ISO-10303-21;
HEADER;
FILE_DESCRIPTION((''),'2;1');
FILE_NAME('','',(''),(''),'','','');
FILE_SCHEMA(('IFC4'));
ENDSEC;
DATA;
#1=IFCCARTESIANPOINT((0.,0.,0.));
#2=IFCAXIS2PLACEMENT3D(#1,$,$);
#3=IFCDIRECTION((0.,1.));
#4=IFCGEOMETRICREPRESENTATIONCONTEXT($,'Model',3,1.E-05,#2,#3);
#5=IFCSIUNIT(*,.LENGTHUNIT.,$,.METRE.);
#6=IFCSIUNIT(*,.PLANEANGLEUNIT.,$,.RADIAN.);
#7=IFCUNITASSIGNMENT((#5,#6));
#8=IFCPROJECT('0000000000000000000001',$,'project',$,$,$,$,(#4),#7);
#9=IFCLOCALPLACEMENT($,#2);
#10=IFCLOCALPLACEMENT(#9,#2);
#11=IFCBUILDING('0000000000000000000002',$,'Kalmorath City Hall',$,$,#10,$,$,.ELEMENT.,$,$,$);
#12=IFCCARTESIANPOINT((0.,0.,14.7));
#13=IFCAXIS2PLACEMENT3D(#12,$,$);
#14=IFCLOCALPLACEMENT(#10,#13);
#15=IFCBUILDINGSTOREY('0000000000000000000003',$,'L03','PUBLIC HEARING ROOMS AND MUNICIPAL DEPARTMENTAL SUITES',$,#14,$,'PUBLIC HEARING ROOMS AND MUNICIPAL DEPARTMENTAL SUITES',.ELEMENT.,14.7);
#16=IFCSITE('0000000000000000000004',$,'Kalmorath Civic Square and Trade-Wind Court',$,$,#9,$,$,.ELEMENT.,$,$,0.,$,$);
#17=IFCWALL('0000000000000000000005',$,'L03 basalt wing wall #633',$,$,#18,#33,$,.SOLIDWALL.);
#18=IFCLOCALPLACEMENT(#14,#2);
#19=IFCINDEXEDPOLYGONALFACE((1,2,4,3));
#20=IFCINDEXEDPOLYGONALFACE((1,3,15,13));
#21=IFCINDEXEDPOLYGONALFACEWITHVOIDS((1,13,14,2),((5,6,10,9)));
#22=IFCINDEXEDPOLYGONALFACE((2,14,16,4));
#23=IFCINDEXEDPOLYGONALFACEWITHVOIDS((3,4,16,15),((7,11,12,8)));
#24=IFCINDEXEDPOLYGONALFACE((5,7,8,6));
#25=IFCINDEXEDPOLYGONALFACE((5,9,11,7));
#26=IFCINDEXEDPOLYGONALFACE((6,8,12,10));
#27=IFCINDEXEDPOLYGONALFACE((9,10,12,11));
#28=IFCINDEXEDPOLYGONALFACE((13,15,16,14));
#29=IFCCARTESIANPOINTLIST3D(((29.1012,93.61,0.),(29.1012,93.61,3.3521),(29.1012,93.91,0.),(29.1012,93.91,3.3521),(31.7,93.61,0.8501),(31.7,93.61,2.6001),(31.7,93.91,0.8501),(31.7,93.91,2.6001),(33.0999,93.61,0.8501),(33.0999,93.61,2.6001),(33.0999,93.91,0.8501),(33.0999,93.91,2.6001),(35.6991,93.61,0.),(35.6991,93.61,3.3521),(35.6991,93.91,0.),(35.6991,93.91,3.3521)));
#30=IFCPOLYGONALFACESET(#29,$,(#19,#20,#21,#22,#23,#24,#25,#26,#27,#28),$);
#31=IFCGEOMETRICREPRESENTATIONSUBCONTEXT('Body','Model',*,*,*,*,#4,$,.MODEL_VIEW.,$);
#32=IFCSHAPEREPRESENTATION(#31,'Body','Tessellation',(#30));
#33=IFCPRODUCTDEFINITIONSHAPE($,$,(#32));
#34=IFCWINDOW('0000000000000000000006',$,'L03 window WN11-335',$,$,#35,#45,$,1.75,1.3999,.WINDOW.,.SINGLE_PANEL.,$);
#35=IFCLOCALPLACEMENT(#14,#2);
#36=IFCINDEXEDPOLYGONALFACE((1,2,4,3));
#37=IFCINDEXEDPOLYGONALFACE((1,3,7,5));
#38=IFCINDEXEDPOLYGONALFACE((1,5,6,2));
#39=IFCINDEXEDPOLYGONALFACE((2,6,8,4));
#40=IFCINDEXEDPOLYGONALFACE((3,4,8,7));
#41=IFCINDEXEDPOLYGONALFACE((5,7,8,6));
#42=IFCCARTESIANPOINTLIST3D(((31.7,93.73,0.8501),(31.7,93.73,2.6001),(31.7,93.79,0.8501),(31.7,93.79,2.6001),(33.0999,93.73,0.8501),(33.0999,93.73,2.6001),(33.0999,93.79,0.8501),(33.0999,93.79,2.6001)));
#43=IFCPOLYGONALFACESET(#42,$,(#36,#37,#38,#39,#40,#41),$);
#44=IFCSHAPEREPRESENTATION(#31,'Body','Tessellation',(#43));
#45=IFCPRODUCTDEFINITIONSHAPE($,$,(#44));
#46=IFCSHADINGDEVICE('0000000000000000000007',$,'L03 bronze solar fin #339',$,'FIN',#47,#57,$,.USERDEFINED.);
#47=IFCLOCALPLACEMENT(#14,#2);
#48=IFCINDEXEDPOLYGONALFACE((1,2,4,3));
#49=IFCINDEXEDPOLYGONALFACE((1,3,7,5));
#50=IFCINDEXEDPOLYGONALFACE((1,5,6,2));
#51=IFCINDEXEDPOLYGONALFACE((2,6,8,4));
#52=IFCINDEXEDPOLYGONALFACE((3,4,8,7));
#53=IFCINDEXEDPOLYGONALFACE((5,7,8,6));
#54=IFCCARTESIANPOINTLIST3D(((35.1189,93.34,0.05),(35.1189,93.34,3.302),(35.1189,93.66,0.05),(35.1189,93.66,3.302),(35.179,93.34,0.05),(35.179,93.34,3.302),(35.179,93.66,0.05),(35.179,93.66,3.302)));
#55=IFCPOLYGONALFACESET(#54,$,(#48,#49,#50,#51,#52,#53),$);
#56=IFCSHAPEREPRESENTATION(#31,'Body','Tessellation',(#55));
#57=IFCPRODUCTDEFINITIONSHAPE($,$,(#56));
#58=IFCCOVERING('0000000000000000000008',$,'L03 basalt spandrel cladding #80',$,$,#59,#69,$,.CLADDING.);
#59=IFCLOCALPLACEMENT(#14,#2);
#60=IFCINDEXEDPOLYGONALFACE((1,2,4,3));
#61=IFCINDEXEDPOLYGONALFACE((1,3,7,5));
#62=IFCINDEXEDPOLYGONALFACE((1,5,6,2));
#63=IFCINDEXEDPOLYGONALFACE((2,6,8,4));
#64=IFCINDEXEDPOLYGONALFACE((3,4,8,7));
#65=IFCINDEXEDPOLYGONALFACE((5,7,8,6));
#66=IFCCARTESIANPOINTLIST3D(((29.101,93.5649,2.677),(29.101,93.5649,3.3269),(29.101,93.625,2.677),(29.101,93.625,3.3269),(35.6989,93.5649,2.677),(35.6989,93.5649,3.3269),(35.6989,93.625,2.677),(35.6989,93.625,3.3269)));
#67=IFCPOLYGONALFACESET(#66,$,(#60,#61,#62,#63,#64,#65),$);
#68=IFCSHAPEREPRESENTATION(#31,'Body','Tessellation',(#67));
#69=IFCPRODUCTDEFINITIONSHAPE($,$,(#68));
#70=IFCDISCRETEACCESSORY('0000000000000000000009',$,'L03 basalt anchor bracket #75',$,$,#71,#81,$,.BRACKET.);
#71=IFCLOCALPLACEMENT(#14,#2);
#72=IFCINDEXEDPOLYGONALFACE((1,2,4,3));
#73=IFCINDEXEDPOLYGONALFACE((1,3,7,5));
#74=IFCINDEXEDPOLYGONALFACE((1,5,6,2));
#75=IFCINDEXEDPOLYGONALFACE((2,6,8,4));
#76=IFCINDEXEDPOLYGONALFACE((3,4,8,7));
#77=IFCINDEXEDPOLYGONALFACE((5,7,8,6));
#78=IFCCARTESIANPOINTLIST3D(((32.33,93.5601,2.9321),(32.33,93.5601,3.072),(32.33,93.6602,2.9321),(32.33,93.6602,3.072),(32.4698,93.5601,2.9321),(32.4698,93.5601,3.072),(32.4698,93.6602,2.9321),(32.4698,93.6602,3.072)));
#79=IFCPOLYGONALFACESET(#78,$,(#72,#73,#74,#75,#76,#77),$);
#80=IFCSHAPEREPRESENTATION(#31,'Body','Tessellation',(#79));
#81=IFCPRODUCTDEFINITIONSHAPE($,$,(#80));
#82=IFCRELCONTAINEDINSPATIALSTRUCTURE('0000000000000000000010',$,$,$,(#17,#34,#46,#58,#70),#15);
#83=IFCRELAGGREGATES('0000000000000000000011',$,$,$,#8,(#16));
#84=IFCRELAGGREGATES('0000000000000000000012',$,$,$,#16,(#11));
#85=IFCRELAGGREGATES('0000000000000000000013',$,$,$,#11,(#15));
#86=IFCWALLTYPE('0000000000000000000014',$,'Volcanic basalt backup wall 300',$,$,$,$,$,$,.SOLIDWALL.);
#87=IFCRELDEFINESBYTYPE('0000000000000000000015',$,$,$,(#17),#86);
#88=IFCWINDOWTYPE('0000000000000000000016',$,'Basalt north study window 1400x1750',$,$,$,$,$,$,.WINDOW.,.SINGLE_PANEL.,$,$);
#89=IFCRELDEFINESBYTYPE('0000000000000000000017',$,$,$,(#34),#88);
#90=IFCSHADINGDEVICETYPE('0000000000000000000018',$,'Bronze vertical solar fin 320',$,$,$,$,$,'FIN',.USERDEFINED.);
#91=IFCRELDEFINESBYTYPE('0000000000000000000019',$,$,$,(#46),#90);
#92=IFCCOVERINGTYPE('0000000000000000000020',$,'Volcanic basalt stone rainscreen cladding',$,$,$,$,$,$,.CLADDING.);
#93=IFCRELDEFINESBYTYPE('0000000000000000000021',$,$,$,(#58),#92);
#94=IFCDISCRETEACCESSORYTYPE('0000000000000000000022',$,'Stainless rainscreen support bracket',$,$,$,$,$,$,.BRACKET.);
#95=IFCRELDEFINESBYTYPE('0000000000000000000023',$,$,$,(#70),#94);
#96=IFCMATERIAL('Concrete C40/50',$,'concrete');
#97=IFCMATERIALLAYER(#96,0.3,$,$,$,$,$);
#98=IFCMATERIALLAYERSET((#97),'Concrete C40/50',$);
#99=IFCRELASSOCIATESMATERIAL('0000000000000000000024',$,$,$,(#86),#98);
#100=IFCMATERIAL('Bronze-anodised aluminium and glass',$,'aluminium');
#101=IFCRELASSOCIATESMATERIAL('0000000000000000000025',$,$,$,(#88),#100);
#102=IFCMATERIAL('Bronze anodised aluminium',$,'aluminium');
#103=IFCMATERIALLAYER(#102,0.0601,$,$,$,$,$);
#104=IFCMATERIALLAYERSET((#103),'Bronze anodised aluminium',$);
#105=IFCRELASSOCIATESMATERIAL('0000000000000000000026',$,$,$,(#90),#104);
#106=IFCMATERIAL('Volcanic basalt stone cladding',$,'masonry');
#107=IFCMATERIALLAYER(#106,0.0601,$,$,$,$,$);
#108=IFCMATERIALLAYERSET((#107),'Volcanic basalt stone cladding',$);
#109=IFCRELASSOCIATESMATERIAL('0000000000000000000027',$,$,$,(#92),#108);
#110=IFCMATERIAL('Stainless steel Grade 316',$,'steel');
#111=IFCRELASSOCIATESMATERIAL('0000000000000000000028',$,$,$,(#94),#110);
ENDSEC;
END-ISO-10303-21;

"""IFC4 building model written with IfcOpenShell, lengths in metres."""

from ifc_helpers import new_model, si_unit, direction, frame, frame_2d, origin, origin_2d, place, context, subcontext, project, spatial, rectangle, extrude, material, layer, layer_set, type_object, element, fill, save


model = new_model("IFC4")

# Units and contexts
model_context = context("Model", 3, precision=1e-05, world=origin(), true_north=direction((0.0, 1.0)))
body_context = subcontext(model_context, "Body", "Model", "MODEL_VIEW")
ifc_project = project(units=[si_unit("LENGTHUNIT", "METRE"), si_unit("PLANEANGLEUNIT", "RADIAN")], contexts=[model_context])

# Site, building, storey
site_placement = place(None, origin())
site = spatial("IfcSite", under=ifc_project, at=site_placement, Name="Kalmorath Civic Square and Trade-Wind Court", CompositionType="ELEMENT", RefElevation=0.0)
building_placement = place(site_placement, origin())
building = spatial("IfcBuilding", under=site, at=building_placement, Name="Kalmorath City Hall", CompositionType="ELEMENT")
storey_placement = place(building_placement, frame((0.0, 0.0, 14.7)))
storey = spatial("IfcBuildingStorey", under=building, at=storey_placement, Name="L03", Description="PUBLIC HEARING ROOMS AND MUNICIPAL DEPARTMENTAL SUITES", LongName="PUBLIC HEARING ROOMS AND MUNICIPAL DEPARTMENTAL SUITES", CompositionType="ELEMENT", Elevation=14.7)

# Wall, opening, window
ifc_material_1 = material(Name="Concrete C40/50", Category="concrete")
ifc_layer_1 = layer(ifc_material_1, 0.3)
ifc_layer_set_1 = layer_set([ifc_layer_1], Name="Concrete C40/50")
wall_type = type_object("IfcWallType", Name="Volcanic basalt backup wall 300", PredefinedType="SOLIDWALL", material=ifc_layer_set_1)
wall_placement = place(storey_placement, frame((35.699, 93.76, 0.0), z_axis=(0.0, 0.0, 1.0), x_axis=(-1.0, 0.0, 0.0)))
wall = element("IfcWall", 1, at=wall_placement, inside=storey, type_object=wall_type, Name="L03 basalt wing wall #633", PredefinedType="SOLIDWALL", context=body_context, shape_type="SweptSolid", body=[
    extrude(rectangle(XDim=6.5979, YDim=0.3, at=frame_2d((3.2988, 0.0))), origin(), (0.0, 0.0, 1.0), 3.3521),
])
opening_placement = place(wall_placement, frame((2.5991, 0.0, 0.8501)))
opening = element("IfcOpeningElement", 2, at=opening_placement, cuts=wall, PredefinedType="OPENING", context=body_context, shape_type="SweptSolid", body=[
    extrude(rectangle(XDim=1.3999, YDim=1.75, at=frame_2d((0.7, 0.875))), frame((0.0, 0.1599, 0.0), z_axis=(0.0, -1.0, 0.0), x_axis=(1.0, 0.0, 0.0)), (0.0, 0.0, 1.0), 0.3201),
])
ifc_material_2 = material(Name="Bronze-anodised aluminium and glass", Category="aluminium")
window_type = type_object("IfcWindowType", Name="Basalt north study window 1400x1750", PartitioningType="SINGLE_PANEL", PredefinedType="WINDOW", material=ifc_material_2)
window_placement = place(opening_placement, origin())
window = element("IfcWindow", 3, at=window_placement, inside=storey, type_object=window_type, Name="L03 window WN11-335", OverallHeight=1.75, OverallWidth=1.3999, PartitioningType="SINGLE_PANEL", PredefinedType="WINDOW", context=body_context, shape_type="SweptSolid", body=[
    extrude(rectangle(XDim=1.3999, YDim=1.75, at=frame_2d((0.7, 0.875))), frame((0.0, 0.03, 0.0), z_axis=(0.0, -1.0, 0.0), x_axis=(1.0, 0.0, 0.0)), (0.0, 0.0, 1.0), 0.0601),
])
fill(opening, window)

# Shading device
ifc_material_3 = material(Name="Bronze anodised aluminium", Category="aluminium")
ifc_layer_2 = layer(ifc_material_3, 0.0601)
ifc_layer_set_2 = layer_set([ifc_layer_2], Name="Bronze anodised aluminium")
shading_device_type = type_object("IfcShadingDeviceType", Name="Bronze vertical solar fin 320", ElementType="FIN", PredefinedType="USERDEFINED", material=ifc_layer_set_2)
shading_device_placement = place(storey_placement, frame((35.1489, 93.5, 0.05), z_axis=(0.0, 0.0, 1.0), x_axis=(-1.0, 0.0, 0.0)))
element("IfcShadingDevice", 4, at=shading_device_placement, inside=storey, type_object=shading_device_type, Name="L03 bronze solar fin #339", ObjectType="FIN", PredefinedType="USERDEFINED", context=body_context, shape_type="SweptSolid", body=[
    extrude(rectangle(XDim=0.0601, YDim=0.3201, at=origin_2d()), origin(), (0.0, 0.0, 1.0), 3.252),
])

# Covering
ifc_material_4 = material(Name="Volcanic basalt stone cladding", Category="masonry")
ifc_layer_3 = layer(ifc_material_4, 0.0601)
ifc_layer_set_3 = layer_set([ifc_layer_3], Name="Volcanic basalt stone cladding")
covering_type = type_object("IfcCoveringType", Name="Volcanic basalt stone rainscreen cladding", PredefinedType="CLADDING", material=ifc_layer_set_3)
covering_placement = place(storey_placement, frame((32.3999, 93.595, 2.677), z_axis=(0.0, 0.0, 1.0), x_axis=(-1.0, 0.0, 0.0)))
element("IfcCovering", 5, at=covering_placement, inside=storey, type_object=covering_type, Name="L03 basalt spandrel cladding #80", PredefinedType="CLADDING", context=body_context, shape_type="SweptSolid", body=[
    extrude(rectangle(XDim=6.5979, YDim=0.0601, at=origin_2d()), origin(), (0.0, 0.0, 1.0), 0.6499),
])

# Discrete accessory
ifc_material_5 = material(Name="Stainless steel Grade 316", Category="steel")
discrete_accessory_type = type_object("IfcDiscreteAccessoryType", Name="Stainless rainscreen support bracket", PredefinedType="BRACKET", material=ifc_material_5)
discrete_accessory_placement = place(storey_placement, frame((32.3999, 93.6101, 2.9321), z_axis=(0.0, 0.0, 1.0), x_axis=(-1.0, 0.0, 0.0)))
element("IfcDiscreteAccessory", 6, at=discrete_accessory_placement, inside=storey, type_object=discrete_accessory_type, Name="L03 basalt anchor bracket #75", PredefinedType="BRACKET", context=body_context, shape_type="SweptSolid", body=[
    extrude(rectangle(XDim=0.1399, YDim=0.1001, at=origin_2d()), origin(), (0.0, 0.0, 1.0), 0.1399),
])

save(model, "model.ifc")
